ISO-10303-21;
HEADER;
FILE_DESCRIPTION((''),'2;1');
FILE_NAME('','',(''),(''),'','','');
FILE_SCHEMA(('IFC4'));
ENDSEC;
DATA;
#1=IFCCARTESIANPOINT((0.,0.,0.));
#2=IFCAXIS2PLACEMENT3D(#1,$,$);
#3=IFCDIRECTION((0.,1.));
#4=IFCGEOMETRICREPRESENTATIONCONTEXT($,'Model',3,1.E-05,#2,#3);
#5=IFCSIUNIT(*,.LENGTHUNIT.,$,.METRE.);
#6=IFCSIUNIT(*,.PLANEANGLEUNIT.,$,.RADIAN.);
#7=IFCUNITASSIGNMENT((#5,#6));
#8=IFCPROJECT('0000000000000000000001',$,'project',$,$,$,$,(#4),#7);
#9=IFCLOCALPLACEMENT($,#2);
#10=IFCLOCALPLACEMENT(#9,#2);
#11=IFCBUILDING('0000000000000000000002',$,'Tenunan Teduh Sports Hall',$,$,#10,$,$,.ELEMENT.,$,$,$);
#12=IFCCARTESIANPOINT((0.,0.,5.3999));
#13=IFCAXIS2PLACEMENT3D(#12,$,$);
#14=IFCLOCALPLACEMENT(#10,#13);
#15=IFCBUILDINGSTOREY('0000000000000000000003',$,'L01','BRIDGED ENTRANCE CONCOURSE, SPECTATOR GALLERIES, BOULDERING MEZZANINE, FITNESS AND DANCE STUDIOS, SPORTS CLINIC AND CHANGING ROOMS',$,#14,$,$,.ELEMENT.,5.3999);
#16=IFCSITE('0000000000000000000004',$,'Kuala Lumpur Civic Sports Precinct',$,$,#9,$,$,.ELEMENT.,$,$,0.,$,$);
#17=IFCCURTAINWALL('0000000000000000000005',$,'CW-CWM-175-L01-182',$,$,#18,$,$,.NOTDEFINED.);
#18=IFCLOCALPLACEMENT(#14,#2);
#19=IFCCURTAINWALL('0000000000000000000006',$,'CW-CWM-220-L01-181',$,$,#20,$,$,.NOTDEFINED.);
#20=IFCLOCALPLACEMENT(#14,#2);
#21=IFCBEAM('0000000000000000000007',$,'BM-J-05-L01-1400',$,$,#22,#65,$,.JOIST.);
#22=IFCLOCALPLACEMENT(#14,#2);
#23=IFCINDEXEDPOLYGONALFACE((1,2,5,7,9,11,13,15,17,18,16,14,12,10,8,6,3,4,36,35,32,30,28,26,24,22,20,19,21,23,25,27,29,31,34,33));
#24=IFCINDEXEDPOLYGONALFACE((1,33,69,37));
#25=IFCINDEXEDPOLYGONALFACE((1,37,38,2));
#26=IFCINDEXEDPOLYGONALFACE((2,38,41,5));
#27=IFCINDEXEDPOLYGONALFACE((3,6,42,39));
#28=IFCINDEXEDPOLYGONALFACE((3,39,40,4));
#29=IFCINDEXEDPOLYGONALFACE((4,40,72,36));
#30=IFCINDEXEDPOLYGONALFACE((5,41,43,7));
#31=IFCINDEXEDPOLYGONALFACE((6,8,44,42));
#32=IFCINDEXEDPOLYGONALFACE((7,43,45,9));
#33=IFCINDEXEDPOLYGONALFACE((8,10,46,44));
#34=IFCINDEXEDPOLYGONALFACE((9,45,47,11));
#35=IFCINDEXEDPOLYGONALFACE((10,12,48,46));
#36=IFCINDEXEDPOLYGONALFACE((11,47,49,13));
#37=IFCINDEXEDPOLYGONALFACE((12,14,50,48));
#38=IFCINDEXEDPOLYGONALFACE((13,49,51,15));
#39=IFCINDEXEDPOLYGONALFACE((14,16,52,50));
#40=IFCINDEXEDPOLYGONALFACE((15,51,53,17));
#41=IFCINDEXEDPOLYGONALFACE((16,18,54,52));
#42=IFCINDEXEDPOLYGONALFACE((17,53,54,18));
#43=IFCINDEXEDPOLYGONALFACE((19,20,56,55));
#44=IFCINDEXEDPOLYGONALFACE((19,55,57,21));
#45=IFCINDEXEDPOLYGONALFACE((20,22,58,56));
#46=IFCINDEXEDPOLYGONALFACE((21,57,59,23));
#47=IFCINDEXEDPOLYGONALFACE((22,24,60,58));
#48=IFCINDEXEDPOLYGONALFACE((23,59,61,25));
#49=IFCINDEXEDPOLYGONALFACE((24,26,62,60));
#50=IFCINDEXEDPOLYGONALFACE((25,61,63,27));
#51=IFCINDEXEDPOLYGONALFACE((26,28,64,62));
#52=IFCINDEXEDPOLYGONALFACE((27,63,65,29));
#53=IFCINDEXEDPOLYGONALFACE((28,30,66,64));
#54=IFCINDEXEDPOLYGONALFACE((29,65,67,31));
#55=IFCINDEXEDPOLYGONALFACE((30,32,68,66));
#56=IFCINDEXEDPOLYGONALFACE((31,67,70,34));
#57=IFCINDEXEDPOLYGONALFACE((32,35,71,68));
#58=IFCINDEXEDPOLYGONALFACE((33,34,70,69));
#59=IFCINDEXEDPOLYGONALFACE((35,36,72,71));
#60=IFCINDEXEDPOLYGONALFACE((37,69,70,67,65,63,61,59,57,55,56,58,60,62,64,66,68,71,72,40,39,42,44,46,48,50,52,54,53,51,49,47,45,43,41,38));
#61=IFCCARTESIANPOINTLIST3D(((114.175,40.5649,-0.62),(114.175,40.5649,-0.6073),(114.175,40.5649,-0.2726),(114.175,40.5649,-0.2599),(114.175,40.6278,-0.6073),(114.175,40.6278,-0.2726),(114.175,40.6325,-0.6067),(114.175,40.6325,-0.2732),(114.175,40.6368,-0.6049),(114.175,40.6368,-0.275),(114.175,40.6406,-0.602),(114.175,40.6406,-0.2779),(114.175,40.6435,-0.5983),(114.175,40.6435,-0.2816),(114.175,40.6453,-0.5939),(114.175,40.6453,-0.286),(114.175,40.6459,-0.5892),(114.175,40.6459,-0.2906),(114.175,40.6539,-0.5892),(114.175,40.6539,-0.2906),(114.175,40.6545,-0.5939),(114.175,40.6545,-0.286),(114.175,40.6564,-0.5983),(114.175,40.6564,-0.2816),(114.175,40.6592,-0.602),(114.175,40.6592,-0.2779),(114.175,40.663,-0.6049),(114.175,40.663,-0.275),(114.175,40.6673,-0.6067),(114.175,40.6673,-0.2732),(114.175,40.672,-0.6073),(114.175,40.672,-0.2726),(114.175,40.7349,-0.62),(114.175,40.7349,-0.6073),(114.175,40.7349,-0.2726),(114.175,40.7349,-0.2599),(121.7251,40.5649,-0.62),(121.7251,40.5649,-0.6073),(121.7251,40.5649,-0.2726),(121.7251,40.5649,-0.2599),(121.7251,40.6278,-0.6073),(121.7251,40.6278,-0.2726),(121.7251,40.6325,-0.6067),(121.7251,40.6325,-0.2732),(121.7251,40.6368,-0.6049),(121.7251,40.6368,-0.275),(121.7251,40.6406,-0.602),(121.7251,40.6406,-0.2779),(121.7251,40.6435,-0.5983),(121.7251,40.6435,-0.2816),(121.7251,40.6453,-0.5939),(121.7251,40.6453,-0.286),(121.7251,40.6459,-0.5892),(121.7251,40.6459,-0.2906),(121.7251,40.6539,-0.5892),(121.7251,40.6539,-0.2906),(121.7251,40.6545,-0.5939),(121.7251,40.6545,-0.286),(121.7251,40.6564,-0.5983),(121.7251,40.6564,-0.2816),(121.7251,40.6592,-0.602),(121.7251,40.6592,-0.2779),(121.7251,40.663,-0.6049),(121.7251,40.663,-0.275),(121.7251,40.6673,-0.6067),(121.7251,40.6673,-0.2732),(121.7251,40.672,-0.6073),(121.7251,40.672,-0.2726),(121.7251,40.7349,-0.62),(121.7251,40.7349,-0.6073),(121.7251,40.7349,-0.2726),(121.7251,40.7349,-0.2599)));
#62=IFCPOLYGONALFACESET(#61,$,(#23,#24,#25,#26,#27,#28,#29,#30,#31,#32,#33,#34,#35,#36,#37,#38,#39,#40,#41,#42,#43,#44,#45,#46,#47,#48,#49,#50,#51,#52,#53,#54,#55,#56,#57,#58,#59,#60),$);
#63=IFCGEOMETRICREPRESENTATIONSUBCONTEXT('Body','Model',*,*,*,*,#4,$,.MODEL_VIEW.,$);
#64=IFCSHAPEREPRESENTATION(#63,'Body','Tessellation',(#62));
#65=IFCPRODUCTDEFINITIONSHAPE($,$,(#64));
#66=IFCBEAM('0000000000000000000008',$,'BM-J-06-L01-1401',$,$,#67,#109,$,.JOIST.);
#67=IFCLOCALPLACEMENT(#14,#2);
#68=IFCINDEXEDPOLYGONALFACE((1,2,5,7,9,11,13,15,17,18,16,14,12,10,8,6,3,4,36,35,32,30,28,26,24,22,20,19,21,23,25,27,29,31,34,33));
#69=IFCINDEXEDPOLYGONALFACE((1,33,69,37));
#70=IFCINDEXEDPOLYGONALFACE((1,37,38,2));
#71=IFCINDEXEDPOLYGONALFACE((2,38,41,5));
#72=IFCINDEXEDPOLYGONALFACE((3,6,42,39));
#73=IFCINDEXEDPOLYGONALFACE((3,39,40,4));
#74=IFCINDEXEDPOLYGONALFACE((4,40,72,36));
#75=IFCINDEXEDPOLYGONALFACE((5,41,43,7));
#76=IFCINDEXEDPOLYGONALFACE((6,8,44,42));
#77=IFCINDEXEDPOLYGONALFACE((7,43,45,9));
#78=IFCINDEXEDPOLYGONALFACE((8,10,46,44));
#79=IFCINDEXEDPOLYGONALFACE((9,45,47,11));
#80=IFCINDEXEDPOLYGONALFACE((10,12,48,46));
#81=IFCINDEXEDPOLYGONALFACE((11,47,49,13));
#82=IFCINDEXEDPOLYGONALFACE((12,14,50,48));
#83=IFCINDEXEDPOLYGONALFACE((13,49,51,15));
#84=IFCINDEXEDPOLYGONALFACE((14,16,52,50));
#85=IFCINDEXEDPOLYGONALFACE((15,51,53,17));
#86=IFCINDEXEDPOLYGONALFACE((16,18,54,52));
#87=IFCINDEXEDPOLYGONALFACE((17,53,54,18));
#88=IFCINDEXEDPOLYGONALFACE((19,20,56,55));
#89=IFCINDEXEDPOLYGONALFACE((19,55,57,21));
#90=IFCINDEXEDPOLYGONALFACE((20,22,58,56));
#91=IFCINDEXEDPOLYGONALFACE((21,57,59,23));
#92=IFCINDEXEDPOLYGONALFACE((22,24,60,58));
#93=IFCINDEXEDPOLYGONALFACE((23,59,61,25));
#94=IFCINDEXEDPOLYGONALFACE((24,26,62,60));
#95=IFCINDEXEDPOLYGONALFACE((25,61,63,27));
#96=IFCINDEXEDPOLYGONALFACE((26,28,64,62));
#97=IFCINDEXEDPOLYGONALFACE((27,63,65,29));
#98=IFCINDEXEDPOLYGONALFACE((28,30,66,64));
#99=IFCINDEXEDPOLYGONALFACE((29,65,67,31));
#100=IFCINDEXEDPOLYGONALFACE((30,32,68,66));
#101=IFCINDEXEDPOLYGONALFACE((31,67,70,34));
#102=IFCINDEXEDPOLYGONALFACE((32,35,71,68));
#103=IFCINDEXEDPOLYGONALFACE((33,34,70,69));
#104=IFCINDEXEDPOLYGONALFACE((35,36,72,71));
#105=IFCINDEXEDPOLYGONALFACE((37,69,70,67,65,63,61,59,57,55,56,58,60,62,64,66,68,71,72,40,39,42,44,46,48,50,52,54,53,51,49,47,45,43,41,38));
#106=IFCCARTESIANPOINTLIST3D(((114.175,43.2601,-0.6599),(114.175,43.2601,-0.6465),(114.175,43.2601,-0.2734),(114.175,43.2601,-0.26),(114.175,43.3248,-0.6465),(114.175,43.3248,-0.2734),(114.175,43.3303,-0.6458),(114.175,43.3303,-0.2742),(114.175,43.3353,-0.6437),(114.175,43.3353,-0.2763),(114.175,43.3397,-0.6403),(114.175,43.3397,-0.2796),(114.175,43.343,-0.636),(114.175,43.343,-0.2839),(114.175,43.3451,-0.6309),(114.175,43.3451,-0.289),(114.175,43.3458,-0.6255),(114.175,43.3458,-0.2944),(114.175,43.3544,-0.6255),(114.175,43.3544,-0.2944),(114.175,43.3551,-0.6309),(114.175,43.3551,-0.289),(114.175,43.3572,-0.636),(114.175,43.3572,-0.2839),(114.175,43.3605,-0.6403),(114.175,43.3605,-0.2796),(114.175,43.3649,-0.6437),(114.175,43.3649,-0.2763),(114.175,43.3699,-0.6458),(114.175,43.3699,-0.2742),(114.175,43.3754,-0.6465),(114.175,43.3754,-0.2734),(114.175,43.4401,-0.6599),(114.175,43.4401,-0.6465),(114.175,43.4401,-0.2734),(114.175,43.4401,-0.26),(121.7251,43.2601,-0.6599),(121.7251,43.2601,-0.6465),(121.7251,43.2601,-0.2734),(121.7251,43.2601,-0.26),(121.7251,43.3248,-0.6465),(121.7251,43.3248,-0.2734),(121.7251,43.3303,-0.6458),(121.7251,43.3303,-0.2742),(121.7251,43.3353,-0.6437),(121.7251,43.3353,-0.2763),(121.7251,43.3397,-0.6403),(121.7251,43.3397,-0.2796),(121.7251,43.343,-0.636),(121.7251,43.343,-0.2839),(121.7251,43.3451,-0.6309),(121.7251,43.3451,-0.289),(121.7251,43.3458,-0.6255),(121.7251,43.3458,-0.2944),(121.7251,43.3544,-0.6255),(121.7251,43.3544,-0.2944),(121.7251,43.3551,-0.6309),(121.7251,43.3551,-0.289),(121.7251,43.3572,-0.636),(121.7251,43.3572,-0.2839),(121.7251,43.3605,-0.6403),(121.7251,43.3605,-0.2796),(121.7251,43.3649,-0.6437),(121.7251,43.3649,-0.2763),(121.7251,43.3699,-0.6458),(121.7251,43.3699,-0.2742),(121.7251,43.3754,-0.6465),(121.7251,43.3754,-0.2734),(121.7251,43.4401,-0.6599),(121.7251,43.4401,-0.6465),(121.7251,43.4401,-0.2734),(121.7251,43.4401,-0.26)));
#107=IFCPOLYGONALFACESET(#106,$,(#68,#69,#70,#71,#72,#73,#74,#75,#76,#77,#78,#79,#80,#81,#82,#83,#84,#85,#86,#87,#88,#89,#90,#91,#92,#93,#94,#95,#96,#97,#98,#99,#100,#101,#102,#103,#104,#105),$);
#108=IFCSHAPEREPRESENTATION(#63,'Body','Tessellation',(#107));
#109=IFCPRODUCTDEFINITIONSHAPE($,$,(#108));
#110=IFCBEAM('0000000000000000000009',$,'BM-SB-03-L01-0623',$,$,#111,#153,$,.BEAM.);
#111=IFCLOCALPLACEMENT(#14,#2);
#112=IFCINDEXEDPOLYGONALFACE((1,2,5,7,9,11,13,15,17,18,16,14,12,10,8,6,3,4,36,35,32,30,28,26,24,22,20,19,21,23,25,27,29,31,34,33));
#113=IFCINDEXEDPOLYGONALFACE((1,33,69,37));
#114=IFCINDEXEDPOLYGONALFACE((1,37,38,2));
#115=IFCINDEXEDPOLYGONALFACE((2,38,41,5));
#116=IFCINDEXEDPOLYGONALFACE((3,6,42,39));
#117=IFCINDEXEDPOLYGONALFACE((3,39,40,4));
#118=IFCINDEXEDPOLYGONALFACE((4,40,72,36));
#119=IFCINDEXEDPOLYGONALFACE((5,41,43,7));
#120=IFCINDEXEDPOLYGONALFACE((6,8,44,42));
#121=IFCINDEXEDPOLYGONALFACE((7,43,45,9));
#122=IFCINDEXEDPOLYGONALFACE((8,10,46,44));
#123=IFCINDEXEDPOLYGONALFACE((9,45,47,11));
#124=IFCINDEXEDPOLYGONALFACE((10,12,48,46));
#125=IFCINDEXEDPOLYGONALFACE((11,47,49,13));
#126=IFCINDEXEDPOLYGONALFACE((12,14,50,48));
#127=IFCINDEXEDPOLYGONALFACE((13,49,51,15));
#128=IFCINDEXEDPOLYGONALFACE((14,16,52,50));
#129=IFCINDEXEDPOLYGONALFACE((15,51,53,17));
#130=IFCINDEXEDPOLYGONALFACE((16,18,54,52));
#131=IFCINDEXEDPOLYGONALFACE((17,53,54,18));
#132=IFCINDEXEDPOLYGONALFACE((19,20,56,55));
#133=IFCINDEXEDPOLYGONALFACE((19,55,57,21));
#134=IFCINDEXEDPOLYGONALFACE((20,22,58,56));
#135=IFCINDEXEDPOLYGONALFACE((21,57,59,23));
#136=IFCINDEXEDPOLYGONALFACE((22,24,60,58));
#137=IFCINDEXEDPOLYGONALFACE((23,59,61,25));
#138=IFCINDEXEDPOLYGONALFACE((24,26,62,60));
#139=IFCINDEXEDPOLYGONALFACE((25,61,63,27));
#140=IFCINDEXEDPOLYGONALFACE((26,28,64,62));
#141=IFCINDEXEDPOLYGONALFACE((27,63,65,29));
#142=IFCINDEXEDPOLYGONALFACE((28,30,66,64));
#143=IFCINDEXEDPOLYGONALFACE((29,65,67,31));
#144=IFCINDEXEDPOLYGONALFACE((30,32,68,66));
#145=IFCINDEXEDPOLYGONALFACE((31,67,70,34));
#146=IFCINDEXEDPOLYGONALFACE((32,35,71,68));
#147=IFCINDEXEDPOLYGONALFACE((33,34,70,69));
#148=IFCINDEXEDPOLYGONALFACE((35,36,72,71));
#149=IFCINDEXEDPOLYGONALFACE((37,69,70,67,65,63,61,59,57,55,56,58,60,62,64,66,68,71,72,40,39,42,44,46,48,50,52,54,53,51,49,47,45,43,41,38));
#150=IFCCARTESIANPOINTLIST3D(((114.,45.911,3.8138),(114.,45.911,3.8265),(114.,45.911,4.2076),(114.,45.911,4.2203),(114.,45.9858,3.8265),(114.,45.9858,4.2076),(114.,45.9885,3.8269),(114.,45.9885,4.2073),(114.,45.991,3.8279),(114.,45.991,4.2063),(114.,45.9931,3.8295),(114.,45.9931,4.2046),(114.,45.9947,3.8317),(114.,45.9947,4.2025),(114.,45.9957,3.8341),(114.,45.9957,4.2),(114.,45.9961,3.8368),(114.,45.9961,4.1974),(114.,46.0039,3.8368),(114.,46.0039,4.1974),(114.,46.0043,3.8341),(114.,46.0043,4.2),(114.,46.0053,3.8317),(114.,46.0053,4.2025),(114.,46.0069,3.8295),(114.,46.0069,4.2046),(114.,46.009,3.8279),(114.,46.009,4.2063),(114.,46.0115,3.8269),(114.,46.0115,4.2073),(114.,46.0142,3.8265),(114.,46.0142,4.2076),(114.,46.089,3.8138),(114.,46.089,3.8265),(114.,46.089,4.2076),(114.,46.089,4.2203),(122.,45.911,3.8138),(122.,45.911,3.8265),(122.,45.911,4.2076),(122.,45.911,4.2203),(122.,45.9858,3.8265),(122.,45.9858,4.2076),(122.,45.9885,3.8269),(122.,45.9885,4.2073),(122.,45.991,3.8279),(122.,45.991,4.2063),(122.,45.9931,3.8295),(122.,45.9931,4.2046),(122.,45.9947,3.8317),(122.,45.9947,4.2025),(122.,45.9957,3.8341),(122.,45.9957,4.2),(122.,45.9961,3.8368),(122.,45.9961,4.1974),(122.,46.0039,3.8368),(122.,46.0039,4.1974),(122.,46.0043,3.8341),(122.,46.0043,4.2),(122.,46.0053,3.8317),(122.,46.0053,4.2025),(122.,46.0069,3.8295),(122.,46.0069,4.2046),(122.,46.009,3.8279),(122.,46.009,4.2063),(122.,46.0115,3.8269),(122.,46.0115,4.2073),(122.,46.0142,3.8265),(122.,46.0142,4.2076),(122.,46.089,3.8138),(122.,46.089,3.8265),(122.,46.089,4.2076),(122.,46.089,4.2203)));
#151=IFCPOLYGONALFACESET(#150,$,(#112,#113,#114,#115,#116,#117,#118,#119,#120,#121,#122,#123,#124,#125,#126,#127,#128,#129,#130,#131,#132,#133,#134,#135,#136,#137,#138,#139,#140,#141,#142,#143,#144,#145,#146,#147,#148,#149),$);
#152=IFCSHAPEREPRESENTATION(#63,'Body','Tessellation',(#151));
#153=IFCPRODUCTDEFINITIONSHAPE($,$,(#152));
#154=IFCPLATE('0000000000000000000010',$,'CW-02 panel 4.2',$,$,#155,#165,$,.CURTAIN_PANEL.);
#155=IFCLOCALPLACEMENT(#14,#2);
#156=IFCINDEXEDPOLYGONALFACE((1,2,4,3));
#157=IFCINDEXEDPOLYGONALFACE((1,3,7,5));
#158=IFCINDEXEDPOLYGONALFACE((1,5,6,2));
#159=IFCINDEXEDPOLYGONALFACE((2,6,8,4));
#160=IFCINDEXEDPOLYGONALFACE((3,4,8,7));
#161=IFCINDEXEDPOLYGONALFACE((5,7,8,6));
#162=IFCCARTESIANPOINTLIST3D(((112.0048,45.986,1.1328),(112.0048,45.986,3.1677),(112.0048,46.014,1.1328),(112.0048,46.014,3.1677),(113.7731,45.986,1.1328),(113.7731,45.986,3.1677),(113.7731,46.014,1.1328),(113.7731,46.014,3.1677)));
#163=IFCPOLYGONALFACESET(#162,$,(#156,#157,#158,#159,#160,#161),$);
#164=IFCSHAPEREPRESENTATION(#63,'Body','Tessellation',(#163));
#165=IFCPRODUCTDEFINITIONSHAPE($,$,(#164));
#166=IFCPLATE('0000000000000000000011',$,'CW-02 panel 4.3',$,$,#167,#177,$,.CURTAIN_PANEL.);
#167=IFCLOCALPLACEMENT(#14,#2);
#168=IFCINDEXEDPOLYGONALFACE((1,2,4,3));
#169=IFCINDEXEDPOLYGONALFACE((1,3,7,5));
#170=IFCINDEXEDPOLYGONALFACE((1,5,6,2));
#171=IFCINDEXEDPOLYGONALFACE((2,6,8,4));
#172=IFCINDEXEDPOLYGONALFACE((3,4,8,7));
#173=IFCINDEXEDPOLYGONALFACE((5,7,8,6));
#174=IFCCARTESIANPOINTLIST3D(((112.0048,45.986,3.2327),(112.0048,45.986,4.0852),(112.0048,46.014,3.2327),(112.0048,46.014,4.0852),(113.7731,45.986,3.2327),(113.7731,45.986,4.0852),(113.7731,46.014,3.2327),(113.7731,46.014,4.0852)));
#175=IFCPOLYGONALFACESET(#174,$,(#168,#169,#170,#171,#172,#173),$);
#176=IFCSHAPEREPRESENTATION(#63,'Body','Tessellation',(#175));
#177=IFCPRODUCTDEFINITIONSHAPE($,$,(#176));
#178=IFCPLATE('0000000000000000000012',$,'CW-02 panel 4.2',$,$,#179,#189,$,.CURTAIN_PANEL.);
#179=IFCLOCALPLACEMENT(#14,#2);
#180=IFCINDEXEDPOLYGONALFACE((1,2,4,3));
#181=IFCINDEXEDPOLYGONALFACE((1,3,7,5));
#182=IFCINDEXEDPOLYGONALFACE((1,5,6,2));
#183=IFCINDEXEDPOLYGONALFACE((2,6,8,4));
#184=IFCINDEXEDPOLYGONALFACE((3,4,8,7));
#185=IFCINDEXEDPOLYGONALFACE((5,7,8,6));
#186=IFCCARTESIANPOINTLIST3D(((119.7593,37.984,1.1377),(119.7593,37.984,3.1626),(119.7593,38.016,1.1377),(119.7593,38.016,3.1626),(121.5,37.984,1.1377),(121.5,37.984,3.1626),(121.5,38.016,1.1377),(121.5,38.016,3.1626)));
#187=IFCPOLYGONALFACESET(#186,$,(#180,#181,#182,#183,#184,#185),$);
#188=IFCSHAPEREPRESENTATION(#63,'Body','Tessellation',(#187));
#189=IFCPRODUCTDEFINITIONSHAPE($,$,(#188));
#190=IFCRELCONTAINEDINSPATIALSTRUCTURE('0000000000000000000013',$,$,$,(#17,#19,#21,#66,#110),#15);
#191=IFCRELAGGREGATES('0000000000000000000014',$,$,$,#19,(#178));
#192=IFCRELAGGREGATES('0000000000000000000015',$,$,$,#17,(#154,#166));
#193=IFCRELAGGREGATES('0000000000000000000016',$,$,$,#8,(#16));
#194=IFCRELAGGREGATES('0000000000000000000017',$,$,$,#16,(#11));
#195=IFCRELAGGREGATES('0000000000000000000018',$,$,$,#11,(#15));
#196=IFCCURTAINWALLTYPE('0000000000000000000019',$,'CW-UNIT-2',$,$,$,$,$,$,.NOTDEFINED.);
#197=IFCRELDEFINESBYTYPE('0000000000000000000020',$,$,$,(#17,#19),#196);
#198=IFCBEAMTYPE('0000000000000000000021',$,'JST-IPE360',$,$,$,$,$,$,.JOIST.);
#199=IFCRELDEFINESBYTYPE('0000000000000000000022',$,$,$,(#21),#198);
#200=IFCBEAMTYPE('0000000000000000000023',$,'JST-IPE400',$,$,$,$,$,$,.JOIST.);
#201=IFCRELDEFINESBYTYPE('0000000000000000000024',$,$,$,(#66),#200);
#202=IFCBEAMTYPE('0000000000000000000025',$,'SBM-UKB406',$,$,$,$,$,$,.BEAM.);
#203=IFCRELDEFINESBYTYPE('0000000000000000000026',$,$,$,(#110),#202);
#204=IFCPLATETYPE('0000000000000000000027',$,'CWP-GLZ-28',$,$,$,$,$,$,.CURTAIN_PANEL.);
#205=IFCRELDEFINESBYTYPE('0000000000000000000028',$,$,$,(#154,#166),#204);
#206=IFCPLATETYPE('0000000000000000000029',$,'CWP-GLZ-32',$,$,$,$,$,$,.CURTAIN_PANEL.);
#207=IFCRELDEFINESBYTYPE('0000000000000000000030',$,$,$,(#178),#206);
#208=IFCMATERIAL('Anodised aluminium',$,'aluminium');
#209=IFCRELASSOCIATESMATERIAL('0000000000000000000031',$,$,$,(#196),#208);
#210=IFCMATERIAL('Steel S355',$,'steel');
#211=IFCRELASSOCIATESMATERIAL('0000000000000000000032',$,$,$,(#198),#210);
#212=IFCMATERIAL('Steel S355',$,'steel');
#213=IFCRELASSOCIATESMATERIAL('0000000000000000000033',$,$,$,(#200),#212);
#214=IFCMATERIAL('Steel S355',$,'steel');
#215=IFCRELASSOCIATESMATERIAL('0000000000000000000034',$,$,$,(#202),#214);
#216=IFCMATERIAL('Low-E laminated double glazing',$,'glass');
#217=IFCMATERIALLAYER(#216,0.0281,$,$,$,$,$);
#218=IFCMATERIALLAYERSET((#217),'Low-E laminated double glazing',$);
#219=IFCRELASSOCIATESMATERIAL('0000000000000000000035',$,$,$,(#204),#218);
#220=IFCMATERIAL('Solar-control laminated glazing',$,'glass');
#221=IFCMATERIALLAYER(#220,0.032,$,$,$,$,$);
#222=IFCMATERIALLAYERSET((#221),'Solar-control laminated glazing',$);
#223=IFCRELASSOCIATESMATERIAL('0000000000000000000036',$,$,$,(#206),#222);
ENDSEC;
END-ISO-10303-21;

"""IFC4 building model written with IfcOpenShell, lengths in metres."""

from ifc_helpers import new_model, si_unit, direction, frame, origin, origin_2d, place, context, subcontext, project, spatial, rectangle, i_section, extrude, material, layer, layer_set, material_profile, profile_set, type_object, element, aggregate, save


model = new_model("IFC4")

# Units and contexts
model_context = context("Model", 3, precision=1e-05, world=origin(), true_north=direction((0.0, 1.0)))
body_context = subcontext(model_context, "Body", "Model", "MODEL_VIEW")
ifc_project = project(units=[si_unit("LENGTHUNIT", "METRE"), si_unit("PLANEANGLEUNIT", "RADIAN")], contexts=[model_context])

# Site, building, storey
site_placement = place(None, origin())
site = spatial("IfcSite", under=ifc_project, at=site_placement, Name="Kuala Lumpur Civic Sports Precinct", CompositionType="ELEMENT", RefElevation=0.0)
building_placement = place(site_placement, origin())
building = spatial("IfcBuilding", under=site, at=building_placement, Name="Tenunan Teduh Sports Hall", CompositionType="ELEMENT")
storey_placement = place(building_placement, frame((0.0, 0.0, 5.3999)))
storey = spatial("IfcBuildingStorey", under=building, at=storey_placement, Name="L01", Description="BRIDGED ENTRANCE CONCOURSE, SPECTATOR GALLERIES, BOULDERING MEZZANINE, FITNESS AND DANCE STUDIOS, SPORTS CLINIC AND CHANGING ROOMS", CompositionType="ELEMENT", Elevation=5.3999)

# Shared definitions
ifc_material_1 = material(Name="Anodised aluminium", Category="aluminium")
curtain_wall_type = type_object("IfcCurtainWallType", Name="CW-UNIT-2", PredefinedType="NOTDEFINED", material=ifc_material_1)

# Curtain walls
curtain_wall_1_placement = place(storey_placement, origin())
curtain_wall_1 = element("IfcCurtainWall", 1, at=curtain_wall_1_placement, inside=storey, type_object=curtain_wall_type, Name="CW-CWM-175-L01-182", PredefinedType="NOTDEFINED")
curtain_wall_2_placement = place(storey_placement, origin())
curtain_wall_2 = element("IfcCurtainWall", 2, at=curtain_wall_2_placement, inside=storey, type_object=curtain_wall_type, Name="CW-CWM-220-L01-181", PredefinedType="NOTDEFINED")

# Beams
ifc_material_2 = material(Name="Steel S355", Category="steel")
ifc_material_profile_1 = material_profile(ifc_material_2, i_section(OverallWidth=0.1699, OverallDepth=0.3601, WebThickness=0.0081, FlangeThickness=0.0127, FilletRadius=0.0181, at=origin_2d()), Name="IPE 360")
ifc_profile_set_1 = profile_set([ifc_material_profile_1], Name="Steel S355")
beam_type_1 = type_object("IfcBeamType", Name="JST-IPE360", PredefinedType="JOIST", material=ifc_profile_set_1)
beam_1_placement = place(storey_placement, frame((114.175, 40.6499, -0.4399), z_axis=(1.0, 0.0, 0.0), x_axis=(0.0, 1.0, 0.0)))
element("IfcBeam", 3, at=beam_1_placement, inside=storey, type_object=beam_type_1, Name="BM-J-05-L01-1400", PredefinedType="JOIST", context=body_context, shape_type="SweptSolid", body=[
    extrude(i_section(OverallWidth=0.1699, OverallDepth=0.3601, WebThickness=0.0081, FlangeThickness=0.0127, FilletRadius=0.0181, at=origin_2d()), origin(), (0.0, 0.0, 1.0), 7.55),
])
ifc_material_3 = material(Name="Steel S355", Category="steel")
ifc_material_profile_2 = material_profile(ifc_material_3, i_section(OverallWidth=0.1799, OverallDepth=0.3999, WebThickness=0.0085, FlangeThickness=0.0134, FilletRadius=0.021, at=origin_2d()), Name="IPE 400")
ifc_profile_set_2 = profile_set([ifc_material_profile_2], Name="Steel S355")
beam_type_2 = type_object("IfcBeamType", Name="JST-IPE400", PredefinedType="JOIST", material=ifc_profile_set_2)
beam_2_placement = place(storey_placement, frame((114.175, 43.3501, -0.46), z_axis=(1.0, 0.0, 0.0), x_axis=(0.0, 1.0, 0.0)))
element("IfcBeam", 4, at=beam_2_placement, inside=storey, type_object=beam_type_2, Name="BM-J-06-L01-1401", PredefinedType="JOIST", context=body_context, shape_type="SweptSolid", body=[
    extrude(i_section(OverallWidth=0.1799, OverallDepth=0.3999, WebThickness=0.0085, FlangeThickness=0.0134, FilletRadius=0.021, at=origin_2d()), origin(), (0.0, 0.0, 1.0), 7.55),
])
ifc_material_4 = material(Name="Steel S355", Category="steel")
ifc_material_profile_3 = material_profile(ifc_material_4, i_section(OverallWidth=0.178, OverallDepth=0.4065, WebThickness=0.0078, FlangeThickness=0.0127, FilletRadius=0.0103, at=origin_2d()), Name="UKB 406x178x60")
ifc_profile_set_3 = profile_set([ifc_material_profile_3], Name="Steel S355")
beam_type_3 = type_object("IfcBeamType", Name="SBM-UKB406", PredefinedType="BEAM", material=ifc_profile_set_3)
beam_3_placement = place(storey_placement, frame((114.0, 46.0, 4.0171), z_axis=(1.0, 0.0, 0.0), x_axis=(0.0, 1.0, 0.0)))
element("IfcBeam", 5, at=beam_3_placement, inside=storey, type_object=beam_type_3, Name="BM-SB-03-L01-0623", PredefinedType="BEAM", context=body_context, shape_type="SweptSolid", body=[
    extrude(i_section(OverallWidth=0.178, OverallDepth=0.4065, WebThickness=0.0078, FlangeThickness=0.0127, FilletRadius=0.0103, at=origin_2d()), origin(), (0.0, 0.0, 1.0), 8.0),
])

# Plates
ifc_material_5 = material(Name="Low-E laminated double glazing", Category="glass")
ifc_layer_1 = layer(ifc_material_5, 0.0281)
ifc_layer_set_1 = layer_set([ifc_layer_1], Name="Low-E laminated double glazing")
plate_type_1 = type_object("IfcPlateType", Name="CWP-GLZ-28", PredefinedType="CURTAIN_PANEL", material=ifc_layer_set_1)
plate_1_placement = place(storey_placement, frame((112.8889, 46.0, 1.1328), z_axis=(0.0, 0.0, 1.0), x_axis=(1.0, 0.0, 0.0)))
plate_1 = element("IfcPlate", 6, at=plate_1_placement, type_object=plate_type_1, Name="CW-02 panel 4.2", PredefinedType="CURTAIN_PANEL", context=body_context, shape_type="SweptSolid", body=[
    extrude(rectangle(XDim=1.7683, YDim=0.0281, at=origin_2d()), origin(), (0.0, 0.0, 1.0), 2.0349),
])
plate_2_placement = place(storey_placement, frame((112.8889, 46.0, 3.2327), z_axis=(0.0, 0.0, 1.0), x_axis=(1.0, 0.0, 0.0)))
plate_2 = element("IfcPlate", 7, at=plate_2_placement, type_object=plate_type_1, Name="CW-02 panel 4.3", PredefinedType="CURTAIN_PANEL", context=body_context, shape_type="SweptSolid", body=[
    extrude(rectangle(XDim=1.7683, YDim=0.0281, at=origin_2d()), origin(), (0.0, 0.0, 1.0), 0.8525),
])
ifc_material_6 = material(Name="Solar-control laminated glazing", Category="glass")
ifc_layer_2 = layer(ifc_material_6, 0.032)
ifc_layer_set_2 = layer_set([ifc_layer_2], Name="Solar-control laminated glazing")
plate_type_2 = type_object("IfcPlateType", Name="CWP-GLZ-32", PredefinedType="CURTAIN_PANEL", material=ifc_layer_set_2)
plate_3_placement = place(storey_placement, frame((120.6296, 38.0, 1.1377), z_axis=(0.0, 0.0, 1.0), x_axis=(1.0, 0.0, 0.0)))
plate_3 = element("IfcPlate", 8, at=plate_3_placement, type_object=plate_type_2, Name="CW-02 panel 4.2", PredefinedType="CURTAIN_PANEL", context=body_context, shape_type="SweptSolid", body=[
    extrude(rectangle(XDim=1.7407, YDim=0.032, at=origin_2d()), origin(), (0.0, 0.0, 1.0), 2.0249),
])
aggregate(curtain_wall_2, [plate_3])
aggregate(curtain_wall_1, [plate_1, plate_2])

save(model, "model.ifc")
